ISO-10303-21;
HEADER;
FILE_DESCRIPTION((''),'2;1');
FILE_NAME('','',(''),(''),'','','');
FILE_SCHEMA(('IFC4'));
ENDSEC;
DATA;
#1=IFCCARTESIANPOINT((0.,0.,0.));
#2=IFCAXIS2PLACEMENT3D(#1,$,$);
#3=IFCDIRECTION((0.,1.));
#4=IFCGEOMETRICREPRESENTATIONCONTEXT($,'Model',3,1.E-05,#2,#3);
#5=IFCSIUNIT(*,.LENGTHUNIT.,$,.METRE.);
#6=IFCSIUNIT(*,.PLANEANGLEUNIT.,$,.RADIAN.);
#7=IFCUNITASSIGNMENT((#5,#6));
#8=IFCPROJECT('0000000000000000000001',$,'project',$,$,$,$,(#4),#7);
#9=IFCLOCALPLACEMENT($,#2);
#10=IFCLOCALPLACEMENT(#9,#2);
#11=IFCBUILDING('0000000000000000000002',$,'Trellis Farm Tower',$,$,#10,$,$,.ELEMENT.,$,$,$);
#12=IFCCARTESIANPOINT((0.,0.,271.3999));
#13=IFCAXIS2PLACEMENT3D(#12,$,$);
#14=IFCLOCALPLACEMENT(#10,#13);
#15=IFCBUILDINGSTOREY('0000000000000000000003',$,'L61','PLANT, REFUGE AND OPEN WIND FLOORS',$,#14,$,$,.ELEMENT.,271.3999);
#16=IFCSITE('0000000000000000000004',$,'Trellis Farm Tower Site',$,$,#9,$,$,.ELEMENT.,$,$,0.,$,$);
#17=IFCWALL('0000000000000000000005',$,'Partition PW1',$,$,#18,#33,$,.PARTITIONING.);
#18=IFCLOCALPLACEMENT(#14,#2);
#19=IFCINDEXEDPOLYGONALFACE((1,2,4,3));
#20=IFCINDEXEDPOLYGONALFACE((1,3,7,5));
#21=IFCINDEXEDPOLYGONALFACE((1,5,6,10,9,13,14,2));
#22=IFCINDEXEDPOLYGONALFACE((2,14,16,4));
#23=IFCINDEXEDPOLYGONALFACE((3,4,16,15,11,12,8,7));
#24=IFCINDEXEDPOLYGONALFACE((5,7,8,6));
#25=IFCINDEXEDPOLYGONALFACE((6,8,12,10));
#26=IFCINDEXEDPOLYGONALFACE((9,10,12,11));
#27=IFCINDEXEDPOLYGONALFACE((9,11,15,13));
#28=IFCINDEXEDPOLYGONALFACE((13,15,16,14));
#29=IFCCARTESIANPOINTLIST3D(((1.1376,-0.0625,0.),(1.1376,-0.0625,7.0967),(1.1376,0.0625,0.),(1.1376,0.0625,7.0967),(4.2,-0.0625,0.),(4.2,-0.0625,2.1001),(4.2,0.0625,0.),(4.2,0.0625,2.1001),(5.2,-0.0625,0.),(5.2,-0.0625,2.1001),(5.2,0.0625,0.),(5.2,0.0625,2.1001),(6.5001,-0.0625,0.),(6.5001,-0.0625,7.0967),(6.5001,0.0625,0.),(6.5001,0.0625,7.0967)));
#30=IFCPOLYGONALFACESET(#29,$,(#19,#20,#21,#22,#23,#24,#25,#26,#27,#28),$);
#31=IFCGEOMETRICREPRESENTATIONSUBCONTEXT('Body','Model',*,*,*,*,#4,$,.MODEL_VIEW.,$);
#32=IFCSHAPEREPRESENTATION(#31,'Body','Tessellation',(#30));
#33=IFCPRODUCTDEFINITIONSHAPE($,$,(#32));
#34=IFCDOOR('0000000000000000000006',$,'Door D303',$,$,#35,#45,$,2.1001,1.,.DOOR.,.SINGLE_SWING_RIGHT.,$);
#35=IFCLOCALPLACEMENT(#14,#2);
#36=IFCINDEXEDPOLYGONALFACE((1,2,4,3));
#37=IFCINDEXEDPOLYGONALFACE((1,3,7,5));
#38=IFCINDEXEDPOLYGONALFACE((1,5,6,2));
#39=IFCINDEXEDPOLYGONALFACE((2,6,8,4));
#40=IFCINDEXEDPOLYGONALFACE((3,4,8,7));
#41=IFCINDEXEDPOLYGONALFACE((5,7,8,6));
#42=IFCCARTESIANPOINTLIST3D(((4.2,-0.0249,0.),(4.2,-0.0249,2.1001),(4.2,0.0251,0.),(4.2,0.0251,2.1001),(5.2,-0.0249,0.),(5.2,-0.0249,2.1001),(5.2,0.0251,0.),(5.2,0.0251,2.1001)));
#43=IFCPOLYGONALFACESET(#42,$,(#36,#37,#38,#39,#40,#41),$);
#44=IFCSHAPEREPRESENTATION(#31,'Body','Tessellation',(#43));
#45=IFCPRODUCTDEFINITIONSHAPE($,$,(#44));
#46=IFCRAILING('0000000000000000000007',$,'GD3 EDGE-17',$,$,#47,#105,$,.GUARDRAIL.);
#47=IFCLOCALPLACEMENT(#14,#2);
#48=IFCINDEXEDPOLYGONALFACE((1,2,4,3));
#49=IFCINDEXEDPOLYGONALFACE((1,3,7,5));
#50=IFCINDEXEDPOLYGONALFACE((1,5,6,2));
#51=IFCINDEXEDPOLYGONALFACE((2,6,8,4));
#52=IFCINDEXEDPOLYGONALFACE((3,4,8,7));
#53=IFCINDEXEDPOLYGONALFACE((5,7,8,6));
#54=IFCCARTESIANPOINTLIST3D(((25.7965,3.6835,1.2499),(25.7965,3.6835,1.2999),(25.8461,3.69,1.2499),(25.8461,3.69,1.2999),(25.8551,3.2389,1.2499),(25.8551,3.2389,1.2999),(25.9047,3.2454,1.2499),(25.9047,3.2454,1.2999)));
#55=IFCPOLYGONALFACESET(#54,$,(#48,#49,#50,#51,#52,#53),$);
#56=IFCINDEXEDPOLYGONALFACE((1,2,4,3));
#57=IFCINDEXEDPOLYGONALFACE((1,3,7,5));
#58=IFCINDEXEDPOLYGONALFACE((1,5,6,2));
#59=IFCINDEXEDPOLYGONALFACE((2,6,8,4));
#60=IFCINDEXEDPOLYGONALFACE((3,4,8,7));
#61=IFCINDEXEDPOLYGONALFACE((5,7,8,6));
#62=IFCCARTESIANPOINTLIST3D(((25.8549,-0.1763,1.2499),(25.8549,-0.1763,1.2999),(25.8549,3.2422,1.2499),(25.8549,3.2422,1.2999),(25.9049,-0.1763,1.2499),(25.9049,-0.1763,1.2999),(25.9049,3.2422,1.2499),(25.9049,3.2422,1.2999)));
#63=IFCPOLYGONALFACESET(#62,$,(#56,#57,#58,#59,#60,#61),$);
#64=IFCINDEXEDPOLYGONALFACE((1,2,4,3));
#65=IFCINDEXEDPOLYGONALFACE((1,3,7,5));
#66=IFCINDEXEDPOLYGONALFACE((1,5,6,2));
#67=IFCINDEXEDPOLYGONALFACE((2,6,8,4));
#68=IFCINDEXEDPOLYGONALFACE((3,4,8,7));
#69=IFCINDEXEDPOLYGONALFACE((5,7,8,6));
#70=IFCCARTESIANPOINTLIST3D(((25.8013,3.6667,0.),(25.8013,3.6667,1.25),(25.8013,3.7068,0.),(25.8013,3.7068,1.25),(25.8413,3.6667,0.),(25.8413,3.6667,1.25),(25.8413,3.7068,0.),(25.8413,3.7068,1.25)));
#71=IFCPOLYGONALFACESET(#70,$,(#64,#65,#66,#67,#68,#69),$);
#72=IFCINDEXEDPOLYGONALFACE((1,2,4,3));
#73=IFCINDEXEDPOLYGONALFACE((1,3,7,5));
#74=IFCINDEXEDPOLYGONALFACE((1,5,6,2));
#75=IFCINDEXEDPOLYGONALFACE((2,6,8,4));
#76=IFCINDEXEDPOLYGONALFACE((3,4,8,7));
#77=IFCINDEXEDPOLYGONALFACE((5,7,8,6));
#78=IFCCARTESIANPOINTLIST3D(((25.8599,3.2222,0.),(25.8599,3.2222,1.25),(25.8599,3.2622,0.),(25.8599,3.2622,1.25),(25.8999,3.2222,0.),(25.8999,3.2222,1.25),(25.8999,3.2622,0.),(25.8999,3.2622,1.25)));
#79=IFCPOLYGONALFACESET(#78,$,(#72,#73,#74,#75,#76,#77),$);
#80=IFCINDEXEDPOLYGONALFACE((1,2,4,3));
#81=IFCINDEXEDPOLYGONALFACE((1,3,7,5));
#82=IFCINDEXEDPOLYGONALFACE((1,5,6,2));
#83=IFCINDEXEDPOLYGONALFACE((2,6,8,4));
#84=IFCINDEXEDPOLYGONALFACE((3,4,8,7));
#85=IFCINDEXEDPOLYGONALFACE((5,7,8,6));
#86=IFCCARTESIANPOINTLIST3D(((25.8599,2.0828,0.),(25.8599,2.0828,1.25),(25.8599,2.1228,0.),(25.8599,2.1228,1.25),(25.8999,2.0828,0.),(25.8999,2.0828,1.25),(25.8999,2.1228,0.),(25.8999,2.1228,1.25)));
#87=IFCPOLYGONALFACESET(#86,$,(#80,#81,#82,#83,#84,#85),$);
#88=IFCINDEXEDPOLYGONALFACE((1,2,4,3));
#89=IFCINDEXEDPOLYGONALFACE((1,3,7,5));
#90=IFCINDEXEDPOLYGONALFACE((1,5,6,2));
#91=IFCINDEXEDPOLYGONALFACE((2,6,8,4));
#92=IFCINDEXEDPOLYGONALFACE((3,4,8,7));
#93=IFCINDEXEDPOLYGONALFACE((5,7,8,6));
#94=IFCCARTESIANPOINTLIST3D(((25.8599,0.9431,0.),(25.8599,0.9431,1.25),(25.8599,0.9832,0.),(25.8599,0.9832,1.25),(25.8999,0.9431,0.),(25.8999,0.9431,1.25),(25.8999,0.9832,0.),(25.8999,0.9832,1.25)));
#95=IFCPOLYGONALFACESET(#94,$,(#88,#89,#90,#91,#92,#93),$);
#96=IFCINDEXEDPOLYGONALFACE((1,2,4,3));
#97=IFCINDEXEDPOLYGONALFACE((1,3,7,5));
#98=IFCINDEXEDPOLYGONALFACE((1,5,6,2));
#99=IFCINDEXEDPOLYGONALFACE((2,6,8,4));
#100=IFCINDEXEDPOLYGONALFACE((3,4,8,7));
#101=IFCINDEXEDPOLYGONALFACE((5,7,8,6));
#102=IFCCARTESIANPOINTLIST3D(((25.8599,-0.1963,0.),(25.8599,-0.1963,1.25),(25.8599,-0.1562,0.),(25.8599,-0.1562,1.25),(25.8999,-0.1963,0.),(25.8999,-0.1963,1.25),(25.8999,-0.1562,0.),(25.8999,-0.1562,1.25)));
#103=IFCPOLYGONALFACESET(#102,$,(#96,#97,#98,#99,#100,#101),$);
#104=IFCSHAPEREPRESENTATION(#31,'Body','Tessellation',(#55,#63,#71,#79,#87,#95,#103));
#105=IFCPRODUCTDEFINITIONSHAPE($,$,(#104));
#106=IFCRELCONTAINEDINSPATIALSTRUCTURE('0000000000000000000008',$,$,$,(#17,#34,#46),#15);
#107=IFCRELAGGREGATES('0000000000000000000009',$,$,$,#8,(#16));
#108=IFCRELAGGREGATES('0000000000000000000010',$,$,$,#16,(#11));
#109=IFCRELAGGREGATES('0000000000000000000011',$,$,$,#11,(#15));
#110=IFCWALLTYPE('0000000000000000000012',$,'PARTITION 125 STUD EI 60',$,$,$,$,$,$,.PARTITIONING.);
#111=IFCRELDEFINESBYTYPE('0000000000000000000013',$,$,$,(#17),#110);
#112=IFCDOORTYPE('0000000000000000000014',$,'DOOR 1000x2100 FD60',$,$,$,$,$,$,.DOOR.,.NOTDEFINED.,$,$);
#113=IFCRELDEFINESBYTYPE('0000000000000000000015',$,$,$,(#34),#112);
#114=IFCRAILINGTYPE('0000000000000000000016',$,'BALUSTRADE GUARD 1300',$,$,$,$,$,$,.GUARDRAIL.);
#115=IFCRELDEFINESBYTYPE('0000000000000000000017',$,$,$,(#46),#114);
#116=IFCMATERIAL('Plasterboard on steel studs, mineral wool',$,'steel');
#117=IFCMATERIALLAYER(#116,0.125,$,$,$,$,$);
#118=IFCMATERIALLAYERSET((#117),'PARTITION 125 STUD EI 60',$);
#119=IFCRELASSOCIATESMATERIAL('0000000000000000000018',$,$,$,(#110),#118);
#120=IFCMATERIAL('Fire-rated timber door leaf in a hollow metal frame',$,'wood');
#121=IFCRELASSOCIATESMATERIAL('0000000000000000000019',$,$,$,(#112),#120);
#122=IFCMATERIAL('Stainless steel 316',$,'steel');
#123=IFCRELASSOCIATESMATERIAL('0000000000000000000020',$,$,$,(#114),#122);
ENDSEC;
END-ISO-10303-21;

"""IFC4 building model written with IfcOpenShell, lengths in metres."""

from ifc_helpers import new_model, si_unit, direction, frame, frame_2d, origin, origin_2d, place, context, subcontext, project, spatial, rectangle, extrude, source, transform, mapped, material, layer, layer_set, type_object, element, fill, save


model = new_model("IFC4")

# Units and contexts
model_context = context("Model", 3, precision=1e-05, world=origin(), true_north=direction((0.0, 1.0)))
body_context = subcontext(model_context, "Body", "Model", "MODEL_VIEW")
ifc_project = project(units=[si_unit("LENGTHUNIT", "METRE"), si_unit("PLANEANGLEUNIT", "RADIAN")], contexts=[model_context])

# Site, building, storey
site_placement = place(None, origin())
site = spatial("IfcSite", under=ifc_project, at=site_placement, Name="Trellis Farm Tower Site", CompositionType="ELEMENT", RefElevation=0.0)
building_placement = place(site_placement, origin())
building = spatial("IfcBuilding", under=site, at=building_placement, Name="Trellis Farm Tower", CompositionType="ELEMENT")
storey_placement = place(building_placement, frame((0.0, 0.0, 271.3999)))
storey = spatial("IfcBuildingStorey", under=building, at=storey_placement, Name="L61", Description="PLANT, REFUGE AND OPEN WIND FLOORS", CompositionType="ELEMENT", Elevation=271.3999)

# Wall, opening, door
ifc_material_1 = material(Name="Plasterboard on steel studs, mineral wool", Category="steel")
ifc_layer_1 = layer(ifc_material_1, 0.125)
ifc_layer_set_1 = layer_set([ifc_layer_1], Name="PARTITION 125 STUD EI 60")
wall_type_1 = type_object("IfcWallType", Name="PARTITION 125 STUD EI 60", PredefinedType="PARTITIONING", material=ifc_layer_set_1)
shared_shape_1 = source(origin(), body_context, "Body", "SweptSolid", [
    extrude(rectangle(XDim=5.3625, YDim=0.125, at=frame_2d((2.6812, 0.0))), origin(), (0.0, 0.0, 1.0), 7.0967),
])
wall_1_placement = place(storey_placement, frame((6.5, 0.0, 0.0), z_axis=(0.0, 0.0, 1.0), x_axis=(-1.0, 0.0, 0.0)))
wall_1 = element("IfcWall", 1, at=wall_1_placement, inside=storey, type_object=wall_type_1, Name="Partition PW1", PredefinedType="PARTITIONING", context=body_context, shape_type="MappedRepresentation", body=[
    mapped(shared_shape_1, transform((0.0, 0.0, 0.0))),
])
shared_shape_2 = source(origin(), body_context, "Body", "SweptSolid", [
    extrude(rectangle(XDim=1.0, YDim=2.1001, at=frame_2d((0.5, 1.05))), frame((0.0, 0.0725, 0.0), z_axis=(0.0, -1.0, 0.0), x_axis=(1.0, 0.0, 0.0)), (0.0, 0.0, 1.0), 0.145),
])
opening_1_placement = place(wall_1_placement, frame((1.3, 0.0, 0.0)))
opening_1 = element("IfcOpeningElement", 2, at=opening_1_placement, cuts=wall_1, PredefinedType="OPENING", context=body_context, shape_type="MappedRepresentation", body=[
    mapped(shared_shape_2, transform((0.0, 0.0, 0.0))),
])
ifc_material_2 = material(Name="Fire-rated timber door leaf in a hollow metal frame", Category="wood")
door_type_1 = type_object("IfcDoorType", Name="DOOR 1000x2100 FD60", OperationType="NOTDEFINED", PredefinedType="DOOR", material=ifc_material_2)
shared_shape_3 = source(origin(), body_context, "Body", "SweptSolid", [
    extrude(rectangle(XDim=1.0, YDim=2.1001, at=frame_2d((0.5, 1.05))), frame((0.0, 0.0249, 0.0), z_axis=(0.0, -1.0, 0.0), x_axis=(1.0, 0.0, 0.0)), (0.0, 0.0, 1.0), 0.05),
])
door_1_placement = place(opening_1_placement, origin())
door_1 = element("IfcDoor", 3, at=door_1_placement, inside=storey, type_object=door_type_1, Name="Door D303", OperationType="SINGLE_SWING_RIGHT", OverallHeight=2.1001, OverallWidth=1.0, PredefinedType="DOOR", context=body_context, shape_type="MappedRepresentation", body=[
    mapped(shared_shape_3, transform((0.0, 0.0, 0.0))),
])
fill(opening_1, door_1)

# Railing
ifc_material_3 = material(Name="Stainless steel 316", Category="steel")
railing_type = type_object("IfcRailingType", Name="BALUSTRADE GUARD 1300", PredefinedType="GUARDRAIL", material=ifc_material_3)
railing_placement = place(storey_placement, frame((25.8213, 3.6868, 0.0)))
element("IfcRailing", 4, at=railing_placement, inside=storey, type_object=railing_type, Name="GD3 EDGE-17", PredefinedType="GUARDRAIL", context=body_context, shape_type="SweptSolid", body=[
    extrude(rectangle(XDim=0.05, YDim=0.05, at=origin_2d()), frame((0.0, 0.0, 1.2749), z_axis=(0.130666, -0.991426, 0.0), x_axis=(0.991426, 0.130666, 0.0)), (0.0, 0.0, 1.0), 0.4485),
    extrude(rectangle(XDim=0.05, YDim=0.05, at=origin_2d()), frame((0.0586, -0.4446, 1.2749), z_axis=(0.0, -1.0, 0.0), x_axis=(1.0, 0.0, 0.0)), (0.0, 0.0, 1.0), 3.4185),
    extrude(rectangle(XDim=0.04, YDim=0.04, at=origin_2d()), origin(), (0.0, 0.0, 1.0), 1.25),
    extrude(rectangle(XDim=0.04, YDim=0.04, at=origin_2d()), frame((0.0586, -0.4446, 0.0)), (0.0, 0.0, 1.0), 1.25),
    extrude(rectangle(XDim=0.04, YDim=0.04, at=origin_2d()), frame((0.0586, -1.584, 0.0)), (0.0, 0.0, 1.0), 1.25),
    extrude(rectangle(XDim=0.04, YDim=0.04, at=origin_2d()), frame((0.0586, -2.7236, 0.0)), (0.0, 0.0, 1.0), 1.25),
    extrude(rectangle(XDim=0.04, YDim=0.04, at=origin_2d()), frame((0.0586, -3.863, 0.0)), (0.0, 0.0, 1.0), 1.25),
])

save(model, "model.ifc")
